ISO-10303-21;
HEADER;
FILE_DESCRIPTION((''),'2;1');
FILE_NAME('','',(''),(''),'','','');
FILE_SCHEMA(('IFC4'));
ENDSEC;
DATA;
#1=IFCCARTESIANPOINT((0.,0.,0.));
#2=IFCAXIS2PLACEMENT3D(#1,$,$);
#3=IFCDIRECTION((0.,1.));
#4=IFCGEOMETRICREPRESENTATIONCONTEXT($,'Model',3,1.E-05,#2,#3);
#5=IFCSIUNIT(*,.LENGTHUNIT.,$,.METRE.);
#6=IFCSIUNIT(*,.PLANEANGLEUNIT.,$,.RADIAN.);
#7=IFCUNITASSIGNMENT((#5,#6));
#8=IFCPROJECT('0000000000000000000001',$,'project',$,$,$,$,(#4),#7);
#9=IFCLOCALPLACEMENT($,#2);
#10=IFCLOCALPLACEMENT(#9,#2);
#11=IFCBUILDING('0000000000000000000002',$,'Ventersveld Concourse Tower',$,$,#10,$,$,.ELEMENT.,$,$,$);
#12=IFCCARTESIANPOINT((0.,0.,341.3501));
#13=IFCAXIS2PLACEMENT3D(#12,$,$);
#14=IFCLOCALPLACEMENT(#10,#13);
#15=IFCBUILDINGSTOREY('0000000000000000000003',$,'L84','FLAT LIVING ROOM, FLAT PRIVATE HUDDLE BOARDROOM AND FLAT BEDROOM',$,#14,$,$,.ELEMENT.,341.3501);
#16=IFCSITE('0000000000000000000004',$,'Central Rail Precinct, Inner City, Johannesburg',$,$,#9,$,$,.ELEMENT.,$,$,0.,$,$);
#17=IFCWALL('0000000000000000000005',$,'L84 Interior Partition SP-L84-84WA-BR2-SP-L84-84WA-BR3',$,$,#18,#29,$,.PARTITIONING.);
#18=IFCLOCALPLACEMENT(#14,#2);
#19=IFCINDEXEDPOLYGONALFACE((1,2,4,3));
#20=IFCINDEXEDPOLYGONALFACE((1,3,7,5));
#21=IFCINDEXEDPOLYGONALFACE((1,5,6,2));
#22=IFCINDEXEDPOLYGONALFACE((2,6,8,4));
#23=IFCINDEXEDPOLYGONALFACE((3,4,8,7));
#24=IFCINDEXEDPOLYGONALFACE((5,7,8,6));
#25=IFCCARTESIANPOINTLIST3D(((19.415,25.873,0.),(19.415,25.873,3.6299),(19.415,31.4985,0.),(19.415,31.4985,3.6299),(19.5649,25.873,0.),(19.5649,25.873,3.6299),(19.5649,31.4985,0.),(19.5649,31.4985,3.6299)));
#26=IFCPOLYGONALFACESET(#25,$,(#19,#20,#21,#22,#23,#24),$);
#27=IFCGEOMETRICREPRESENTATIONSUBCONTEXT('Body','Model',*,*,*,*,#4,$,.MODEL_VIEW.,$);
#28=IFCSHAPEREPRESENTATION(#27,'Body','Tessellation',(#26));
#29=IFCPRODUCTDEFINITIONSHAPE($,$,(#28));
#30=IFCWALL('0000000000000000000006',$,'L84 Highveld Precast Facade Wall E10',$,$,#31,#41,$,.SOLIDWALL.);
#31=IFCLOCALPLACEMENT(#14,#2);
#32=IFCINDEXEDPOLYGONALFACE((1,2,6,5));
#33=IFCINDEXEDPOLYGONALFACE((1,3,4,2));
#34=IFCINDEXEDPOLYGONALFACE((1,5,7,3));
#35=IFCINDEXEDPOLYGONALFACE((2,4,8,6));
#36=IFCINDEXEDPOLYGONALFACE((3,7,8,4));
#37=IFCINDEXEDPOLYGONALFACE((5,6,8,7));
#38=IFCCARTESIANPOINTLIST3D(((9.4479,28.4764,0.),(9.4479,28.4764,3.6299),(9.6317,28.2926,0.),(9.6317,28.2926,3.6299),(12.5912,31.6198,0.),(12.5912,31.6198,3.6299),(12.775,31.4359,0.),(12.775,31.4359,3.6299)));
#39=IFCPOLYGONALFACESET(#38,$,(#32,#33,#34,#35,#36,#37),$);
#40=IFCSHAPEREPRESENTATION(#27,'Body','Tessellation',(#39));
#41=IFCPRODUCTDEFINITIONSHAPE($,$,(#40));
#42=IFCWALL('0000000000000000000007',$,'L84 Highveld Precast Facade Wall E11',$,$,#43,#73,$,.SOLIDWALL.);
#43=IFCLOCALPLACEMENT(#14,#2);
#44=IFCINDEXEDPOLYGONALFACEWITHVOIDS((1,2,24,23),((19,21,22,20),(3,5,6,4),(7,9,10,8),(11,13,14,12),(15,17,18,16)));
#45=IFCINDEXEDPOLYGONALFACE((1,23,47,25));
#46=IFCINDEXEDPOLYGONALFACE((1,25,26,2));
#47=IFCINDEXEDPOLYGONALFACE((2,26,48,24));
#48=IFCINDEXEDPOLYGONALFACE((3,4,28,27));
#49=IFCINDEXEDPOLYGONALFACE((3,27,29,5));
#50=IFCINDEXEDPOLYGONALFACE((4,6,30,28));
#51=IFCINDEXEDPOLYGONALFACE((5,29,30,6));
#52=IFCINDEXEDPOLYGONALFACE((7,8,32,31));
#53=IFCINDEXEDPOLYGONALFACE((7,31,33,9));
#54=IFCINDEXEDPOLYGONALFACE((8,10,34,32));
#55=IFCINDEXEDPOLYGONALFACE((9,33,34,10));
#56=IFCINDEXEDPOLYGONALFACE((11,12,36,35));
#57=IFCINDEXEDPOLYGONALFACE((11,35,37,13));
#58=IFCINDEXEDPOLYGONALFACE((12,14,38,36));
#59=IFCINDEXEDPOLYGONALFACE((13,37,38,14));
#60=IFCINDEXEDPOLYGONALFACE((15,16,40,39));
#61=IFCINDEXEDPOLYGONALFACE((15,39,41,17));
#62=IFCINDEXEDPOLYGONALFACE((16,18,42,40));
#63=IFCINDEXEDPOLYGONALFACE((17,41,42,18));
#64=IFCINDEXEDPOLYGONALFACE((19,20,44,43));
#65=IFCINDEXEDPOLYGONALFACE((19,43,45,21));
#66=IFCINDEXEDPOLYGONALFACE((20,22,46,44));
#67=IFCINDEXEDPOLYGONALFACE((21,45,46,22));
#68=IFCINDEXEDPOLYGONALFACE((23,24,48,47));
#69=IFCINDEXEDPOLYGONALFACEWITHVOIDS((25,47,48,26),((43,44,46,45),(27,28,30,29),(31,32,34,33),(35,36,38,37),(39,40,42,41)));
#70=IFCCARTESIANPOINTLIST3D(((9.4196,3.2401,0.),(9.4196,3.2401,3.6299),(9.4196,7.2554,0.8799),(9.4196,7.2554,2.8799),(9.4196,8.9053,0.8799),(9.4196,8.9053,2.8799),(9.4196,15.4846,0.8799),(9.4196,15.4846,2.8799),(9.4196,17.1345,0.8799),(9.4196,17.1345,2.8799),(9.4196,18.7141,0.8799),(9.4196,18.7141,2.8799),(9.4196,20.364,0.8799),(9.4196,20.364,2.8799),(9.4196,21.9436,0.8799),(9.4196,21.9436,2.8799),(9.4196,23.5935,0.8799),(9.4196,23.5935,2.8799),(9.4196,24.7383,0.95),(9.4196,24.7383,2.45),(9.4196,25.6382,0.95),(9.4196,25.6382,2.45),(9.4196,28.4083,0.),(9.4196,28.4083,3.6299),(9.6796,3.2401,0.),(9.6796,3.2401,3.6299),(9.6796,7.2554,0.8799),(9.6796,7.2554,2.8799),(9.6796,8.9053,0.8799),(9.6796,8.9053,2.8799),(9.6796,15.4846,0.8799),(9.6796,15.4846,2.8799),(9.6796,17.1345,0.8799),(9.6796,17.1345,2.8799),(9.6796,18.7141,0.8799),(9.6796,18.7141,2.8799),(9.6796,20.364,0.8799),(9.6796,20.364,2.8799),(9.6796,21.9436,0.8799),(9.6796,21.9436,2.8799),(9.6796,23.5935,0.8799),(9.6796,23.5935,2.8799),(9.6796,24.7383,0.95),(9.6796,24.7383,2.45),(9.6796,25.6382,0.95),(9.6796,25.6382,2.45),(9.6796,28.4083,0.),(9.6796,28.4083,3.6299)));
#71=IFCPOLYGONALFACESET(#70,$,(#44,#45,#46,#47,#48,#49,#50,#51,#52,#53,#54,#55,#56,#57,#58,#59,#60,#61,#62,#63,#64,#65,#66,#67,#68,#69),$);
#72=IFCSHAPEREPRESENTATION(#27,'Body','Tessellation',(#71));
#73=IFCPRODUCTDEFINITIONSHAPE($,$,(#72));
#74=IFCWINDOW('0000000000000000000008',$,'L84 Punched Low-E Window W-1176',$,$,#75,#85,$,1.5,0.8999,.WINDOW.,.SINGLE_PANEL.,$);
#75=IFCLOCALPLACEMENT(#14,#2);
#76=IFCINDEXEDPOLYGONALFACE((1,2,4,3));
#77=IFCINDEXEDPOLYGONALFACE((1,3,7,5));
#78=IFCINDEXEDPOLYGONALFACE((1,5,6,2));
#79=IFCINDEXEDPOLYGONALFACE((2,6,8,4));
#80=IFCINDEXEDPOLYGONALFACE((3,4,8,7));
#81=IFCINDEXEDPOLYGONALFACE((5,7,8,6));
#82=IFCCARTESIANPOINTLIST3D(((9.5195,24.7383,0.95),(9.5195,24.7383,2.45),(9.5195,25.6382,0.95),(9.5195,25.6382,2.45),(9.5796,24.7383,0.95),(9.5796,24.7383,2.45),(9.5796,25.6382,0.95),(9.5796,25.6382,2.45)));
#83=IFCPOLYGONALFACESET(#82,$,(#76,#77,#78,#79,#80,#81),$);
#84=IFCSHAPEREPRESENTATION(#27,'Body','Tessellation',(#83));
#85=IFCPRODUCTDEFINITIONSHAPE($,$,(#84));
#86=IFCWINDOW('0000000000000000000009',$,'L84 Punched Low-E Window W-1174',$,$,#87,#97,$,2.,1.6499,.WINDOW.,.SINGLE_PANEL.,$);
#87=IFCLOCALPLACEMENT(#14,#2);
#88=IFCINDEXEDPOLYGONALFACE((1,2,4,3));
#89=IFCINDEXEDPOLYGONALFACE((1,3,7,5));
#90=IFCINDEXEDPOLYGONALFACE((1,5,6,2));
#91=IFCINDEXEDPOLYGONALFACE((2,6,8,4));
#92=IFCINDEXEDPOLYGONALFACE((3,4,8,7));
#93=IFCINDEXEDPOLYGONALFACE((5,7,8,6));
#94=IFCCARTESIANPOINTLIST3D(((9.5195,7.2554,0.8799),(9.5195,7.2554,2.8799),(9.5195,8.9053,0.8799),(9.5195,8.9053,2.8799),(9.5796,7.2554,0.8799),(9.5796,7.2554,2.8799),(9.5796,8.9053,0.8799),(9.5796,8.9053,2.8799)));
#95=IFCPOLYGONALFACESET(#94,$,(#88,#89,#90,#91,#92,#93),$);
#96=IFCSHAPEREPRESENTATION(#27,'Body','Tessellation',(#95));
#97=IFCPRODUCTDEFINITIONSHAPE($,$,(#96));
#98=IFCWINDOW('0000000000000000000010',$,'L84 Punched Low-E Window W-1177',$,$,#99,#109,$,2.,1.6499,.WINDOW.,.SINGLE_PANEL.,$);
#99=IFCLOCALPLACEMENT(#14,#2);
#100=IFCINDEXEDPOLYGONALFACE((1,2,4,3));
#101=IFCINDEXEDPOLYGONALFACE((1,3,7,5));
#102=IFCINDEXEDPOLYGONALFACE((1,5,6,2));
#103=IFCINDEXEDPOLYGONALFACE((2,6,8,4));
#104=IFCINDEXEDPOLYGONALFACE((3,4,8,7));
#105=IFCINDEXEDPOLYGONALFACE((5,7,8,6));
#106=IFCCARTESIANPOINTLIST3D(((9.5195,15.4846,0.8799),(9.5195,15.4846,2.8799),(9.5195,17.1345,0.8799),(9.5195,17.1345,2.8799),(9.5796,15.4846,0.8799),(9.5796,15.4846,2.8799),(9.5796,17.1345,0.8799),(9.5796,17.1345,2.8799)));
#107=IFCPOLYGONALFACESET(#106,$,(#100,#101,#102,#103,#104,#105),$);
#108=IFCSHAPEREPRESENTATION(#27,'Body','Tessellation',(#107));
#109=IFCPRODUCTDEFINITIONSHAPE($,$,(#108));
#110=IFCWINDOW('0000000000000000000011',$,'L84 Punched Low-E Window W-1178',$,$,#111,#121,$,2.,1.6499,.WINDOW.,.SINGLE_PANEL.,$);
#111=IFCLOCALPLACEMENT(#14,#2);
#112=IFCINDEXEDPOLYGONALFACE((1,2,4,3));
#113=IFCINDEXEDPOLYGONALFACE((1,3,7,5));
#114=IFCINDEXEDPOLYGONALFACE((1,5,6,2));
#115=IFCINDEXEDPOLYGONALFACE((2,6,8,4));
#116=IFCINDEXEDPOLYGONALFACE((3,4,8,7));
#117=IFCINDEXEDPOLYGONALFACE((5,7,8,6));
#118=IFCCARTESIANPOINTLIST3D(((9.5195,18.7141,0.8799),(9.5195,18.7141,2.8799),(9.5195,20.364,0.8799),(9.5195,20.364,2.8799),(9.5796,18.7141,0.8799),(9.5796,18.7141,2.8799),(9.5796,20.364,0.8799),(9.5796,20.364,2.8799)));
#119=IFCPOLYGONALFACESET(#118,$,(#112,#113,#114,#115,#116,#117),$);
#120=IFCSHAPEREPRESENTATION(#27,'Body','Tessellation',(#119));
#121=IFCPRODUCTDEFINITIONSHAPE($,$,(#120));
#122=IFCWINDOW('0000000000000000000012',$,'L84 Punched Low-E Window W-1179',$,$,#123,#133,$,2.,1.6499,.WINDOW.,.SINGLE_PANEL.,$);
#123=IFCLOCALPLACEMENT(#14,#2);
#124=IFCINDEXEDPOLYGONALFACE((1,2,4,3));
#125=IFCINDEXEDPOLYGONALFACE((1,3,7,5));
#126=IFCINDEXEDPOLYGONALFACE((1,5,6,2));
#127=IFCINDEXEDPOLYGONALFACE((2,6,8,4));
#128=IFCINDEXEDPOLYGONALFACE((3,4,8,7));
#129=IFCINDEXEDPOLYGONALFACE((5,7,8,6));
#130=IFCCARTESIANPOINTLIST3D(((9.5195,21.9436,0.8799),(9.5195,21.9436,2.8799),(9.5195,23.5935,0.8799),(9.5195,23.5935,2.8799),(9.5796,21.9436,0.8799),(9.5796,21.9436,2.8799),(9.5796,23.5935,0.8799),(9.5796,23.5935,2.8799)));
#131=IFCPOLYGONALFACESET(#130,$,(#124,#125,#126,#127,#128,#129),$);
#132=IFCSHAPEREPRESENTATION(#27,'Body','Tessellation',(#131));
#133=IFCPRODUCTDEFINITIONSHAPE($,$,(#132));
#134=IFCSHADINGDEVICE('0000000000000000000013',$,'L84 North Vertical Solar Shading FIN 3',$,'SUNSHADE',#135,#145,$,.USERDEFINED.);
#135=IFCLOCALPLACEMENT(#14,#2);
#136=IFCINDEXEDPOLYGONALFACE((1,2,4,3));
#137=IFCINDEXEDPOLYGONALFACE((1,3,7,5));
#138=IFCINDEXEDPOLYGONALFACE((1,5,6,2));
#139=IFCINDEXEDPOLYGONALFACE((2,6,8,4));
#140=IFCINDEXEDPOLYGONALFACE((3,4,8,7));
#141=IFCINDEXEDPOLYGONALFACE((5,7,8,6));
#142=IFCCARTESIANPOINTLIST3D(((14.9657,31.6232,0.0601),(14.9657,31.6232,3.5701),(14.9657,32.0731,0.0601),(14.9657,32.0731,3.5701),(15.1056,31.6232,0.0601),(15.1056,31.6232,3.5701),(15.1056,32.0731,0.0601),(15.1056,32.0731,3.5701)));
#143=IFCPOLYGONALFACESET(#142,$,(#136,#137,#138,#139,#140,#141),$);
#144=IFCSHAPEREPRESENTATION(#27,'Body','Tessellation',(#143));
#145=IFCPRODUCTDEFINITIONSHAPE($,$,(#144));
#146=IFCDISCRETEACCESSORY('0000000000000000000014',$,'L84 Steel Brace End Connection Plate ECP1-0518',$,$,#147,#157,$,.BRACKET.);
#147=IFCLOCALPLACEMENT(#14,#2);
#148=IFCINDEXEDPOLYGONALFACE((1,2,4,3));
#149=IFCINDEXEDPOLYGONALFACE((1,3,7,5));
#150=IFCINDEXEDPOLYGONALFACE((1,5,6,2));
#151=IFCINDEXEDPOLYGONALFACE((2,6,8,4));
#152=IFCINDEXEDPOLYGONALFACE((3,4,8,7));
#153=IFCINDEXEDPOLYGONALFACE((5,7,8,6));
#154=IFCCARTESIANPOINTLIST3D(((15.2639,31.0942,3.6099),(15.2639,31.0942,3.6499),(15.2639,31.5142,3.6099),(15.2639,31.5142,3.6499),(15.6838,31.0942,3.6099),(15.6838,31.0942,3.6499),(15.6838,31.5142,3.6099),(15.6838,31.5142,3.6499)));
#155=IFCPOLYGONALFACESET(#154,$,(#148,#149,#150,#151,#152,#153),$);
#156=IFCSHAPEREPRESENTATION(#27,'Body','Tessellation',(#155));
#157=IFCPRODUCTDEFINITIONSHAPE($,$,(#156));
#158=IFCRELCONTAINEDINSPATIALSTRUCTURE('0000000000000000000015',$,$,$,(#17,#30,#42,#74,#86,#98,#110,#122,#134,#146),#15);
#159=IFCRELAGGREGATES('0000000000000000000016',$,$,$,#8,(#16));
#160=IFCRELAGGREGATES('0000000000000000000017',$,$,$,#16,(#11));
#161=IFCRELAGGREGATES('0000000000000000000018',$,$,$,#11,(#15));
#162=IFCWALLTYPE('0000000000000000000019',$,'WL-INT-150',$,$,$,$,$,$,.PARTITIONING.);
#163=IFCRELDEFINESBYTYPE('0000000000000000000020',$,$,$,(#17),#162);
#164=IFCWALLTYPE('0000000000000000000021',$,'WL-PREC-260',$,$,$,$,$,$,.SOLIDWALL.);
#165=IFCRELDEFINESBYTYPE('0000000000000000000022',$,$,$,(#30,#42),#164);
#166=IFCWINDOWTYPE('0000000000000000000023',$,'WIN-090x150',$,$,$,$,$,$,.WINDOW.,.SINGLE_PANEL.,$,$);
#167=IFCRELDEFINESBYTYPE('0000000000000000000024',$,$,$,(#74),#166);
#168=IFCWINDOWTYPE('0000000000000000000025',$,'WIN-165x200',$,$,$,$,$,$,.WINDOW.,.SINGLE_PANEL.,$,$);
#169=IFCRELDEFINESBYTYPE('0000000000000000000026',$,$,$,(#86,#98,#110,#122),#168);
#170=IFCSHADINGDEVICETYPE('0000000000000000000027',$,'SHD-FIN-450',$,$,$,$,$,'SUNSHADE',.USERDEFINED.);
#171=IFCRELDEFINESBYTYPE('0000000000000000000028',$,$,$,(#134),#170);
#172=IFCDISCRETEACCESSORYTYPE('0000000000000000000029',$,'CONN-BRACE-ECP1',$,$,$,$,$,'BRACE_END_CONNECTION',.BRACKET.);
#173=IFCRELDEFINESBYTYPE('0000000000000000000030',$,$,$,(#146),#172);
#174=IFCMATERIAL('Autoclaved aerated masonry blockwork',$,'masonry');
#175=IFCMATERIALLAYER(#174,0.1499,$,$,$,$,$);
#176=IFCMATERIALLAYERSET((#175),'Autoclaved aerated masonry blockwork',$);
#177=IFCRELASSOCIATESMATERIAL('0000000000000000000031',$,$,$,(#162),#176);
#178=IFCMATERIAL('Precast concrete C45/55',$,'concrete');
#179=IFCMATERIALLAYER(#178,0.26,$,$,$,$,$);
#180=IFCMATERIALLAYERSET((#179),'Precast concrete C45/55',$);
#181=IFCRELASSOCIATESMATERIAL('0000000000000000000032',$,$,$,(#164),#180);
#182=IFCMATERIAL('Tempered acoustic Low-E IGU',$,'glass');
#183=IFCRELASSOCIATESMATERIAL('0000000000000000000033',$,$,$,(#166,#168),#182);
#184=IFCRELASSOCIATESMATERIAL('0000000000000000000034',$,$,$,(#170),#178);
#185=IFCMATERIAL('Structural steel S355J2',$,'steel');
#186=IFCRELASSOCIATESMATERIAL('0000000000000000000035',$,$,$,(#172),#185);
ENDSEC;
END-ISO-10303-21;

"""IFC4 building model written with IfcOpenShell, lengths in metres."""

from ifc_helpers import new_model, si_unit, direction, frame, frame_2d, origin, origin_2d, place, context, subcontext, project, spatial, rectangle, extrude, material, layer, layer_set, type_object, element, fill, save


model = new_model("IFC4")

# Units and contexts
model_context = context("Model", 3, precision=1e-05, world=origin(), true_north=direction((0.0, 1.0)))
body_context = subcontext(model_context, "Body", "Model", "MODEL_VIEW")
ifc_project = project(units=[si_unit("LENGTHUNIT", "METRE"), si_unit("PLANEANGLEUNIT", "RADIAN")], contexts=[model_context])

# Site, building, storey
site_placement = place(None, origin())
site = spatial("IfcSite", under=ifc_project, at=site_placement, Name="Central Rail Precinct, Inner City, Johannesburg", CompositionType="ELEMENT", RefElevation=0.0)
building_placement = place(site_placement, origin())
building = spatial("IfcBuilding", under=site, at=building_placement, Name="Ventersveld Concourse Tower", CompositionType="ELEMENT")
storey_placement = place(building_placement, frame((0.0, 0.0, 341.3501)))
storey = spatial("IfcBuildingStorey", under=building, at=storey_placement, Name="L84", Description="FLAT LIVING ROOM, FLAT PRIVATE HUDDLE BOARDROOM AND FLAT BEDROOM", CompositionType="ELEMENT", Elevation=341.3501)

# Shared definitions
ifc_material_1 = material(Name="Structural steel S355J2", Category="steel")

# Shared definitions
ifc_material_2 = material(Name="Autoclaved aerated masonry blockwork", Category="masonry")
ifc_layer_1 = layer(ifc_material_2, 0.1499)
ifc_layer_set_1 = layer_set([ifc_layer_1], Name="Autoclaved aerated masonry blockwork")
wall_type_1 = type_object("IfcWallType", Name="WL-INT-150", PredefinedType="PARTITIONING", material=ifc_layer_set_1)

# Walls
wall_1_placement = place(storey_placement, frame((19.49, 25.873, 0.0), z_axis=(0.0, 0.0, 1.0), x_axis=(0.0, 1.0, 0.0)))
element("IfcWall", 1, at=wall_1_placement, inside=storey, type_object=wall_type_1, Name="L84 Interior Partition SP-L84-84WA-BR2-SP-L84-84WA-BR3", PredefinedType="PARTITIONING", context=body_context, shape_type="SweptSolid", body=[
    extrude(rectangle(XDim=5.6255, YDim=0.1499, at=frame_2d((2.8127, 0.0))), origin(), (0.0, 0.0, 1.0), 3.6299),
])
ifc_material_3 = material(Name="Precast concrete C45/55", Category="concrete")
ifc_layer_2 = layer(ifc_material_3, 0.26)
ifc_layer_set_2 = layer_set([ifc_layer_2], Name="Precast concrete C45/55")
wall_type_2 = type_object("IfcWallType", Name="WL-PREC-260", PredefinedType="SOLIDWALL", material=ifc_layer_set_2)
wall_2_placement = place(storey_placement, frame((12.6831, 31.5278, 0.0), z_axis=(0.0, 0.0, 1.0), x_axis=(-0.707107, -0.707107, 0.0)))
element("IfcWall", 2, at=wall_2_placement, inside=storey, type_object=wall_type_2, Name="L84 Highveld Precast Facade Wall E10", PredefinedType="SOLIDWALL", context=body_context, shape_type="SweptSolid", body=[
    extrude(rectangle(XDim=4.4453, YDim=0.26, at=frame_2d((2.2227, 0.0))), origin(), (0.0, 0.0, 1.0), 3.6299),
])

# Wall, openings, windows
wall_3_placement = place(storey_placement, frame((9.5496, 28.4082, 0.0), z_axis=(0.0, 0.0, 1.0), x_axis=(0.0, -1.0, 0.0)))
wall_3 = element("IfcWall", 3, at=wall_3_placement, inside=storey, type_object=wall_type_2, Name="L84 Highveld Precast Facade Wall E11", PredefinedType="SOLIDWALL", context=body_context, shape_type="SweptSolid", body=[
    extrude(rectangle(XDim=25.1682, YDim=0.26, at=frame_2d((12.584, 0.0))), origin(), (0.0, 0.0, 1.0), 3.6299),
])
opening_1_placement = place(wall_3_placement, frame((19.5029, 0.0, 0.8799)))
opening_1 = element("IfcOpeningElement", 4, at=opening_1_placement, cuts=wall_3, PredefinedType="OPENING", context=body_context, shape_type="SweptSolid", body=[
    extrude(rectangle(XDim=1.6499, YDim=2.0, at=frame_2d((0.825, 1.0))), frame((0.0, 0.1401, 0.0), z_axis=(0.0, -1.0, 0.0), x_axis=(1.0, 0.0, 0.0)), (0.0, 0.0, 1.0), 0.28),
])
opening_2_placement = place(wall_3_placement, frame((2.77, 0.0, 0.95)))
opening_2 = element("IfcOpeningElement", 5, at=opening_2_placement, cuts=wall_3, PredefinedType="OPENING", context=body_context, shape_type="SweptSolid", body=[
    extrude(rectangle(XDim=0.8999, YDim=1.5, at=frame_2d((0.45, 0.75))), frame((0.0, 0.1401, 0.0), z_axis=(0.0, -1.0, 0.0), x_axis=(1.0, 0.0, 0.0)), (0.0, 0.0, 1.0), 0.28),
])
opening_3_placement = place(wall_3_placement, frame((11.2737, 0.0, 0.8799)))
opening_3 = element("IfcOpeningElement", 6, at=opening_3_placement, cuts=wall_3, PredefinedType="OPENING", context=body_context, shape_type="SweptSolid", body=[
    extrude(rectangle(XDim=1.6499, YDim=2.0, at=frame_2d((0.825, 1.0))), frame((0.0, 0.1401, 0.0), z_axis=(0.0, -1.0, 0.0), x_axis=(1.0, 0.0, 0.0)), (0.0, 0.0, 1.0), 0.28),
])
opening_4_placement = place(wall_3_placement, frame((8.0442, 0.0, 0.8799)))
opening_4 = element("IfcOpeningElement", 7, at=opening_4_placement, cuts=wall_3, PredefinedType="OPENING", context=body_context, shape_type="SweptSolid", body=[
    extrude(rectangle(XDim=1.6499, YDim=2.0, at=frame_2d((0.825, 1.0))), frame((0.0, 0.1401, 0.0), z_axis=(0.0, -1.0, 0.0), x_axis=(1.0, 0.0, 0.0)), (0.0, 0.0, 1.0), 0.28),
])
opening_5_placement = place(wall_3_placement, frame((4.8147, 0.0, 0.8799)))
opening_5 = element("IfcOpeningElement", 8, at=opening_5_placement, cuts=wall_3, PredefinedType="OPENING", context=body_context, shape_type="SweptSolid", body=[
    extrude(rectangle(XDim=1.6499, YDim=2.0, at=frame_2d((0.825, 1.0))), frame((0.0, 0.1401, 0.0), z_axis=(0.0, -1.0, 0.0), x_axis=(1.0, 0.0, 0.0)), (0.0, 0.0, 1.0), 0.28),
])
ifc_material_4 = material(Name="Tempered acoustic Low-E IGU", Category="glass")
window_type_1 = type_object("IfcWindowType", Name="WIN-090x150", PartitioningType="SINGLE_PANEL", PredefinedType="WINDOW", material=ifc_material_4)
window_1_placement = place(opening_2_placement, origin())
window_1 = element("IfcWindow", 9, at=window_1_placement, inside=storey, type_object=window_type_1, Name="L84 Punched Low-E Window W-1176", OverallHeight=1.5, OverallWidth=0.8999, PartitioningType="SINGLE_PANEL", PredefinedType="WINDOW", context=body_context, shape_type="SweptSolid", body=[
    extrude(rectangle(XDim=0.8999, YDim=1.5, at=frame_2d((0.45, 0.75))), frame((0.0, 0.03, 0.0), z_axis=(0.0, -1.0, 0.0), x_axis=(1.0, 0.0, 0.0)), (0.0, 0.0, 1.0), 0.0601),
])
fill(opening_2, window_1)
window_type_2 = type_object("IfcWindowType", Name="WIN-165x200", PartitioningType="SINGLE_PANEL", PredefinedType="WINDOW", material=ifc_material_4)
window_2_placement = place(opening_1_placement, origin())
window_2 = element("IfcWindow", 10, at=window_2_placement, inside=storey, type_object=window_type_2, Name="L84 Punched Low-E Window W-1174", OverallHeight=2.0, OverallWidth=1.6499, PartitioningType="SINGLE_PANEL", PredefinedType="WINDOW", context=body_context, shape_type="SweptSolid", body=[
    extrude(rectangle(XDim=1.6499, YDim=2.0, at=frame_2d((0.825, 1.0))), frame((0.0, 0.03, 0.0), z_axis=(0.0, -1.0, 0.0), x_axis=(1.0, 0.0, 0.0)), (0.0, 0.0, 1.0), 0.0601),
])
fill(opening_1, window_2)
window_3_placement = place(opening_3_placement, origin())
window_3 = element("IfcWindow", 11, at=window_3_placement, inside=storey, type_object=window_type_2, Name="L84 Punched Low-E Window W-1177", OverallHeight=2.0, OverallWidth=1.6499, PartitioningType="SINGLE_PANEL", PredefinedType="WINDOW", context=body_context, shape_type="SweptSolid", body=[
    extrude(rectangle(XDim=1.6499, YDim=2.0, at=frame_2d((0.825, 1.0))), frame((0.0, 0.03, 0.0), z_axis=(0.0, -1.0, 0.0), x_axis=(1.0, 0.0, 0.0)), (0.0, 0.0, 1.0), 0.0601),
])
fill(opening_3, window_3)
window_4_placement = place(opening_4_placement, origin())
window_4 = element("IfcWindow", 12, at=window_4_placement, inside=storey, type_object=window_type_2, Name="L84 Punched Low-E Window W-1178", OverallHeight=2.0, OverallWidth=1.6499, PartitioningType="SINGLE_PANEL", PredefinedType="WINDOW", context=body_context, shape_type="SweptSolid", body=[
    extrude(rectangle(XDim=1.6499, YDim=2.0, at=frame_2d((0.825, 1.0))), frame((0.0, 0.03, 0.0), z_axis=(0.0, -1.0, 0.0), x_axis=(1.0, 0.0, 0.0)), (0.0, 0.0, 1.0), 0.0601),
])
fill(opening_4, window_4)
window_5_placement = place(opening_5_placement, origin())
window_5 = element("IfcWindow", 13, at=window_5_placement, inside=storey, type_object=window_type_2, Name="L84 Punched Low-E Window W-1179", OverallHeight=2.0, OverallWidth=1.6499, PartitioningType="SINGLE_PANEL", PredefinedType="WINDOW", context=body_context, shape_type="SweptSolid", body=[
    extrude(rectangle(XDim=1.6499, YDim=2.0, at=frame_2d((0.825, 1.0))), frame((0.0, 0.03, 0.0), z_axis=(0.0, -1.0, 0.0), x_axis=(1.0, 0.0, 0.0)), (0.0, 0.0, 1.0), 0.0601),
])
fill(opening_5, window_5)

# Shading device
shading_device_type = type_object("IfcShadingDeviceType", Name="SHD-FIN-450", ElementType="SUNSHADE", PredefinedType="USERDEFINED", material=ifc_material_3)
shading_device_placement = place(storey_placement, frame((15.0356, 31.8481, 0.0601), z_axis=(0.0, 0.0, 1.0), x_axis=(1.0, 0.0, 0.0)))
element("IfcShadingDevice", 14, at=shading_device_placement, inside=storey, type_object=shading_device_type, Name="L84 North Vertical Solar Shading FIN 3", ObjectType="SUNSHADE", PredefinedType="USERDEFINED", context=body_context, shape_type="SweptSolid", body=[
    extrude(rectangle(XDim=0.1399, YDim=0.45, at=origin_2d()), origin(), (0.0, 0.0, 1.0), 3.51),
])

# Discrete accessory
discrete_accessory_type = type_object("IfcDiscreteAccessoryType", Name="CONN-BRACE-ECP1", ElementType="BRACE_END_CONNECTION", PredefinedType="BRACKET", material=ifc_material_1)
discrete_accessory_placement = place(storey_placement, frame((15.4739, 31.3042, 3.6099), z_axis=(0.0, 0.0, 1.0), x_axis=(1.0, 0.0, 0.0)))
element("IfcDiscreteAccessory", 15, at=discrete_accessory_placement, inside=storey, type_object=discrete_accessory_type, Name="L84 Steel Brace End Connection Plate ECP1-0518", PredefinedType="BRACKET", context=body_context, shape_type="SweptSolid", body=[
    extrude(rectangle(XDim=0.4199, YDim=0.4199, at=origin_2d()), origin(), (0.0, 0.0, 1.0), 0.04),
])

save(model, "model.ifc")
